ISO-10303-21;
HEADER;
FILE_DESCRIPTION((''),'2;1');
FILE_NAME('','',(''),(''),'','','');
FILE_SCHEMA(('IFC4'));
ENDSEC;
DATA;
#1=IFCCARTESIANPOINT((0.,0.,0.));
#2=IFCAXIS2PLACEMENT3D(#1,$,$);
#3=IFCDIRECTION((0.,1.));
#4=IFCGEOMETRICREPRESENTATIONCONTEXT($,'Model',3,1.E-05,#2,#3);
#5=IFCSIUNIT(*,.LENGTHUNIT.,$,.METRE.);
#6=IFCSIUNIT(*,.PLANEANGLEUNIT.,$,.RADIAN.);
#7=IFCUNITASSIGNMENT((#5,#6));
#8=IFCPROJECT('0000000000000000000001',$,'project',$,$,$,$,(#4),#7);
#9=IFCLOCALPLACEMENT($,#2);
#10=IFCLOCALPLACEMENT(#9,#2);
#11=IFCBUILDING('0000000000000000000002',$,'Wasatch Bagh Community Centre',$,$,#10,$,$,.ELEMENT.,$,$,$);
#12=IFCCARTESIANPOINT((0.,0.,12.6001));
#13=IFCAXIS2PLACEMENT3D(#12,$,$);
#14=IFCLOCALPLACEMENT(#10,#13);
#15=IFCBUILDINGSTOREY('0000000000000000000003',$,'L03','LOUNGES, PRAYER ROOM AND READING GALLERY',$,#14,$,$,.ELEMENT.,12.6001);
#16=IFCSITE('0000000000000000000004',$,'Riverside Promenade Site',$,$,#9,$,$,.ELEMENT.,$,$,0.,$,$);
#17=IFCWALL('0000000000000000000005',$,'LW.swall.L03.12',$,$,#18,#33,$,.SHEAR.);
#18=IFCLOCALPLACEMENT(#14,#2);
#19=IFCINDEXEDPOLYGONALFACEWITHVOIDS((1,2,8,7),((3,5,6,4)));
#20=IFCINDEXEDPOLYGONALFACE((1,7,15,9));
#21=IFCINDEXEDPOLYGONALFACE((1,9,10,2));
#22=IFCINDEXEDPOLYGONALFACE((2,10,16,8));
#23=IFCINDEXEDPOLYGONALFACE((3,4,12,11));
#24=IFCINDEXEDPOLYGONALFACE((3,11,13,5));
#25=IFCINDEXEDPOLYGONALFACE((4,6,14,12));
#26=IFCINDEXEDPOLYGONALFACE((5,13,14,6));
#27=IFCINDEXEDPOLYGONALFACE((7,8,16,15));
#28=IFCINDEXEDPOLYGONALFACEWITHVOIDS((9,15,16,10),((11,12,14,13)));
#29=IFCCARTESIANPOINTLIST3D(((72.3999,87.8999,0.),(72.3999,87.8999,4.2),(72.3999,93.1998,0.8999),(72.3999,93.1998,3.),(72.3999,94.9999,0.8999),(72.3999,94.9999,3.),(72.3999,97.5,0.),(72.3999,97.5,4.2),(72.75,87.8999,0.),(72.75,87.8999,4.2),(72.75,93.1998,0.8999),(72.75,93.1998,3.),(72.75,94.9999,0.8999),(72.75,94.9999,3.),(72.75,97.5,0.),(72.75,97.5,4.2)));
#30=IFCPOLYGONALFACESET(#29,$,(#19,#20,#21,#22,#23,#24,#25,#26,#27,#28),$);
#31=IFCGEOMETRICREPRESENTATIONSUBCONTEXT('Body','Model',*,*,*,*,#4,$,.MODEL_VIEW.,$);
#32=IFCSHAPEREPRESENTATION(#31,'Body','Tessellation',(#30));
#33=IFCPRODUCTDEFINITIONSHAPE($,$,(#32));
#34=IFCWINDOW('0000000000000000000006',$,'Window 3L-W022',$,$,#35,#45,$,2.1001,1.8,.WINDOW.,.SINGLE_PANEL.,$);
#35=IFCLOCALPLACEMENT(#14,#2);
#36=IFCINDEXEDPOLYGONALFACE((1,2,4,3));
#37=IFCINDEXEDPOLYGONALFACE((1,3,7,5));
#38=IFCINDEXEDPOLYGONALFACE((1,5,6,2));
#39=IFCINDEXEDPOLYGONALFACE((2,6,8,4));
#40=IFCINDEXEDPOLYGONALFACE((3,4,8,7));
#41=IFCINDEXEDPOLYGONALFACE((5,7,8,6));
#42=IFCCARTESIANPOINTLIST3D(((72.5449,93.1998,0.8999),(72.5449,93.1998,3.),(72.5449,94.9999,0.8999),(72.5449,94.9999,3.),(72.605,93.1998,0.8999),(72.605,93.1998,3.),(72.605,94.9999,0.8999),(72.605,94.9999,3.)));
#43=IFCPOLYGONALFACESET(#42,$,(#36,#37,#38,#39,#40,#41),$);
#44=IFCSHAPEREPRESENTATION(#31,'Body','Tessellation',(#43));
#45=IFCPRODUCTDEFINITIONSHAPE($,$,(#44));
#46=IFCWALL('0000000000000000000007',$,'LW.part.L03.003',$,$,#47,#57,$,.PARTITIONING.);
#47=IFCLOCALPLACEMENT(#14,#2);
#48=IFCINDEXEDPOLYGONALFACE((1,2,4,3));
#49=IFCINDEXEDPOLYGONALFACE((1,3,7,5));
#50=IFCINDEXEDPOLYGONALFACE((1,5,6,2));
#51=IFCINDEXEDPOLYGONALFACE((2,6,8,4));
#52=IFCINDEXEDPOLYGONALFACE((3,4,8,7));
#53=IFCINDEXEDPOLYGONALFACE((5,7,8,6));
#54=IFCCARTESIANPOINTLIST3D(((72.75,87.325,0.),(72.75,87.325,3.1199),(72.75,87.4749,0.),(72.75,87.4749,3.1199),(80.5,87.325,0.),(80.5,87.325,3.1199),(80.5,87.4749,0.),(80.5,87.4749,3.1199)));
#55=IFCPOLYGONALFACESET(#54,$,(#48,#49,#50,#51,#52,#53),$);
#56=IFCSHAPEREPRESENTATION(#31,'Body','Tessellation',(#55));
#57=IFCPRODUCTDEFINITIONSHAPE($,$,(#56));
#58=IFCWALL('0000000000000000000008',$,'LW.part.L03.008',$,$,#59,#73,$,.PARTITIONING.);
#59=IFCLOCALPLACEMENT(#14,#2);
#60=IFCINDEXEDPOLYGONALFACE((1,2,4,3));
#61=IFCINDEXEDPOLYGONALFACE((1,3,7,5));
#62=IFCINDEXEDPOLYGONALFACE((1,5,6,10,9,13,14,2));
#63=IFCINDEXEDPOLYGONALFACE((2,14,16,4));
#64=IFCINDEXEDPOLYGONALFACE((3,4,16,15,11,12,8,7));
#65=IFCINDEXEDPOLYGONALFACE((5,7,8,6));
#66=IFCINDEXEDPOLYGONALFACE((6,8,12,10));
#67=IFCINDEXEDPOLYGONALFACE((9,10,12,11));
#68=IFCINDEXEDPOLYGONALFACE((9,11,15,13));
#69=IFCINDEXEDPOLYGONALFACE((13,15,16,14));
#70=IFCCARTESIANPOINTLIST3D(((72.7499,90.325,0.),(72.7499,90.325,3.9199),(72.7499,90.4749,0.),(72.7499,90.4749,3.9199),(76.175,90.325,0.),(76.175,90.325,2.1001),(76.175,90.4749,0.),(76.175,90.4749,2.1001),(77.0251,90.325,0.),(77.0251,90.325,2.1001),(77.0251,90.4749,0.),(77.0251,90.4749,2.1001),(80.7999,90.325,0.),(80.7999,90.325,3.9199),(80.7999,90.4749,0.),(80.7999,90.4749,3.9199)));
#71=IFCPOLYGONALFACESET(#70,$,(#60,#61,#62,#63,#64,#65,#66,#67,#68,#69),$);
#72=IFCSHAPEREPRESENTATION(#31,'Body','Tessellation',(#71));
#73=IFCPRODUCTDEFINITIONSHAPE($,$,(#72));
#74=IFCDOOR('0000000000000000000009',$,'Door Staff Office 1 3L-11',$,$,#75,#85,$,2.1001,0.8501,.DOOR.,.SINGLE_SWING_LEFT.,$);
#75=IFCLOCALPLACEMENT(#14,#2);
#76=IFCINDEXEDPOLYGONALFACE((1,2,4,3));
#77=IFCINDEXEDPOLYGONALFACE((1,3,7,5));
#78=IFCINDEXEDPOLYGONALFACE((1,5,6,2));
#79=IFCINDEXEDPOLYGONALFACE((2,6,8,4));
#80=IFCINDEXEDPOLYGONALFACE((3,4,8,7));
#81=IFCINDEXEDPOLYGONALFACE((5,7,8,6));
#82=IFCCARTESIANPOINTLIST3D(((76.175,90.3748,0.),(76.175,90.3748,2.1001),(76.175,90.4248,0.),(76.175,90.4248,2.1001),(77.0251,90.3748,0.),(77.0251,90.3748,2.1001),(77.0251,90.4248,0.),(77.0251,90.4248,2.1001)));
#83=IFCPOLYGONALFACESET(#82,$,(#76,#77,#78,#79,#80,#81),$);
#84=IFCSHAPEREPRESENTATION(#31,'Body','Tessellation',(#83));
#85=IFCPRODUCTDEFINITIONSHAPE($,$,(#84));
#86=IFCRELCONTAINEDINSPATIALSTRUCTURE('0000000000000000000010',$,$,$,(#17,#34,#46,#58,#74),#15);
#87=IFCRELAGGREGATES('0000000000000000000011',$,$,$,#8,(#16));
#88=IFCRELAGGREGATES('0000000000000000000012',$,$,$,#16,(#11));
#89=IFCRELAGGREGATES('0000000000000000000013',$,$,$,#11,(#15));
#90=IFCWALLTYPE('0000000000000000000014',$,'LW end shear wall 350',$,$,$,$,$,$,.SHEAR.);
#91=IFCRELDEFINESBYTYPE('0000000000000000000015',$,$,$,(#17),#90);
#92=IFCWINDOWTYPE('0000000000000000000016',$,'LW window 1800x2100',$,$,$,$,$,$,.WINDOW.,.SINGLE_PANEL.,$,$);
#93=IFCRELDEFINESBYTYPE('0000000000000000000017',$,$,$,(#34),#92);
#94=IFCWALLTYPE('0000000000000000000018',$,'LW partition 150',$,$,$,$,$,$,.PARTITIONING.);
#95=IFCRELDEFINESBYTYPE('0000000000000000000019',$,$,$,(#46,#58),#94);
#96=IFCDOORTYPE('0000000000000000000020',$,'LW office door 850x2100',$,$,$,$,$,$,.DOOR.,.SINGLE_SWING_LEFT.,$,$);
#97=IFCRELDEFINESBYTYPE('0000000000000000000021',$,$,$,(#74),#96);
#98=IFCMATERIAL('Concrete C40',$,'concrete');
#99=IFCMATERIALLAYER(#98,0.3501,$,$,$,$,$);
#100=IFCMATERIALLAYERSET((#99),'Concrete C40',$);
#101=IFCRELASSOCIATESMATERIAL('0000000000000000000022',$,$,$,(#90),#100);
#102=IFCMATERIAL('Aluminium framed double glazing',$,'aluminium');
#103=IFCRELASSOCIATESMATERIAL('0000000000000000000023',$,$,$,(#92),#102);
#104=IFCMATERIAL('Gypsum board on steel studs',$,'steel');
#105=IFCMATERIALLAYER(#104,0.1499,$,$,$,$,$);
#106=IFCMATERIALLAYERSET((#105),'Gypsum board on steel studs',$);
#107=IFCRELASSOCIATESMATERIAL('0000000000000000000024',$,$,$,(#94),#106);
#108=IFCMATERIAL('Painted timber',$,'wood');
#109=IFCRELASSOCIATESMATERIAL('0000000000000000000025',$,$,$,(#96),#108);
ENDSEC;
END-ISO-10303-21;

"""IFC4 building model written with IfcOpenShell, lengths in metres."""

from ifc_helpers import new_model, si_unit, direction, frame, frame_2d, origin, place, context, subcontext, project, spatial, rectangle, extrude, material, layer, layer_set, type_object, element, fill, save


model = new_model("IFC4")

# Units and contexts
model_context = context("Model", 3, precision=1e-05, world=origin(), true_north=direction((0.0, 1.0)))
body_context = subcontext(model_context, "Body", "Model", "MODEL_VIEW")
ifc_project = project(units=[si_unit("LENGTHUNIT", "METRE"), si_unit("PLANEANGLEUNIT", "RADIAN")], contexts=[model_context])

# Site, building, storey
site_placement = place(None, origin())
site = spatial("IfcSite", under=ifc_project, at=site_placement, Name="Riverside Promenade Site", CompositionType="ELEMENT", RefElevation=0.0)
building_placement = place(site_placement, origin())
building = spatial("IfcBuilding", under=site, at=building_placement, Name="Wasatch Bagh Community Centre", CompositionType="ELEMENT")
storey_placement = place(building_placement, frame((0.0, 0.0, 12.6001)))
storey = spatial("IfcBuildingStorey", under=building, at=storey_placement, Name="L03", Description="LOUNGES, PRAYER ROOM AND READING GALLERY", CompositionType="ELEMENT", Elevation=12.6001)

# Shared definitions
ifc_material_1 = material(Name="Concrete C40", Category="concrete")

# Wall, opening, window
ifc_layer_1 = layer(ifc_material_1, 0.3501)
ifc_layer_set_1 = layer_set([ifc_layer_1], Name="Concrete C40")
wall_type_1 = type_object("IfcWallType", Name="LW end shear wall 350", PredefinedType="SHEAR", material=ifc_layer_set_1)
wall_1_placement = place(storey_placement, frame((72.575, 87.8999, 0.0), z_axis=(0.0, 0.0, 1.0), x_axis=(0.0, 1.0, 0.0)))
wall_1 = element("IfcWall", 1, at=wall_1_placement, inside=storey, type_object=wall_type_1, Name="LW.swall.L03.12", PredefinedType="SHEAR", context=body_context, shape_type="SweptSolid", body=[
    extrude(rectangle(XDim=9.6001, YDim=0.3501, at=frame_2d((4.8, 0.0))), origin(), (0.0, 0.0, 1.0), 4.2),
])
opening_1_placement = place(wall_1_placement, frame((5.3, 0.0, 0.8999)))
opening_1 = element("IfcOpeningElement", 2, at=opening_1_placement, cuts=wall_1, PredefinedType="OPENING", context=body_context, shape_type="SweptSolid", body=[
    extrude(rectangle(XDim=1.8, YDim=2.1001, at=frame_2d((0.8999, 1.05))), frame((0.0, 0.1851, 0.0), z_axis=(0.0, -1.0, 0.0), x_axis=(1.0, 0.0, 0.0)), (0.0, 0.0, 1.0), 0.3701),
])
ifc_material_2 = material(Name="Aluminium framed double glazing", Category="aluminium")
window_type = type_object("IfcWindowType", Name="LW window 1800x2100", PartitioningType="SINGLE_PANEL", PredefinedType="WINDOW", material=ifc_material_2)
window_placement = place(opening_1_placement, origin())
window = element("IfcWindow", 3, at=window_placement, inside=storey, type_object=window_type, Name="Window 3L-W022", OverallHeight=2.1001, OverallWidth=1.8, PartitioningType="SINGLE_PANEL", PredefinedType="WINDOW", context=body_context, shape_type="SweptSolid", body=[
    extrude(rectangle(XDim=1.8, YDim=2.1001, at=frame_2d((0.8999, 1.05))), frame((0.0, 0.03, 0.0), z_axis=(0.0, -1.0, 0.0), x_axis=(1.0, 0.0, 0.0)), (0.0, 0.0, 1.0), 0.0601),
])
fill(opening_1, window)

# Wall
ifc_material_3 = material(Name="Gypsum board on steel studs", Category="steel")
ifc_layer_2 = layer(ifc_material_3, 0.1499)
ifc_layer_set_2 = layer_set([ifc_layer_2], Name="Gypsum board on steel studs")
wall_type_2 = type_object("IfcWallType", Name="LW partition 150", PredefinedType="PARTITIONING", material=ifc_layer_set_2)
wall_2_placement = place(storey_placement, frame((72.75, 87.3999, 0.0), z_axis=(0.0, 0.0, 1.0), x_axis=(1.0, 0.0, 0.0)))
element("IfcWall", 4, at=wall_2_placement, inside=storey, type_object=wall_type_2, Name="LW.part.L03.003", PredefinedType="PARTITIONING", context=body_context, shape_type="SweptSolid", body=[
    extrude(rectangle(XDim=7.75, YDim=0.1499, at=frame_2d((3.875, 0.0))), origin(), (0.0, 0.0, 1.0), 3.1199),
])

# Wall, opening, door
wall_3_placement = place(storey_placement, frame((72.75, 90.3999, 0.0), z_axis=(0.0, 0.0, 1.0), x_axis=(1.0, 0.0, 0.0)))
wall_3 = element("IfcWall", 5, at=wall_3_placement, inside=storey, type_object=wall_type_2, Name="LW.part.L03.008", PredefinedType="PARTITIONING", context=body_context, shape_type="SweptSolid", body=[
    extrude(rectangle(XDim=8.05, YDim=0.1499, at=frame_2d((4.0249, 0.0))), origin(), (0.0, 0.0, 1.0), 3.9199),
])
opening_2_placement = place(wall_3_placement, frame((3.425, 0.0, 0.0)))
opening_2 = element("IfcOpeningElement", 6, at=opening_2_placement, cuts=wall_3, PredefinedType="OPENING", context=body_context, shape_type="SweptSolid", body=[
    extrude(rectangle(XDim=0.8501, YDim=2.1001, at=frame_2d((0.425, 1.05))), frame((0.0, 0.085, 0.0), z_axis=(0.0, -1.0, 0.0), x_axis=(1.0, 0.0, 0.0)), (0.0, 0.0, 1.0), 0.1699),
])
ifc_material_4 = material(Name="Painted timber", Category="wood")
door_type = type_object("IfcDoorType", Name="LW office door 850x2100", OperationType="SINGLE_SWING_LEFT", PredefinedType="DOOR", material=ifc_material_4)
door_placement = place(opening_2_placement, origin())
door = element("IfcDoor", 7, at=door_placement, inside=storey, type_object=door_type, Name="Door Staff Office 1 3L-11", OperationType="SINGLE_SWING_LEFT", OverallHeight=2.1001, OverallWidth=0.8501, PredefinedType="DOOR", context=body_context, shape_type="SweptSolid", body=[
    extrude(rectangle(XDim=0.8501, YDim=2.1001, at=frame_2d((0.425, 1.05))), frame((0.0, 0.0249, 0.0), z_axis=(0.0, -1.0, 0.0), x_axis=(1.0, 0.0, 0.0)), (0.0, 0.0, 1.0), 0.05),
])
fill(opening_2, door)

save(model, "model.ifc")
